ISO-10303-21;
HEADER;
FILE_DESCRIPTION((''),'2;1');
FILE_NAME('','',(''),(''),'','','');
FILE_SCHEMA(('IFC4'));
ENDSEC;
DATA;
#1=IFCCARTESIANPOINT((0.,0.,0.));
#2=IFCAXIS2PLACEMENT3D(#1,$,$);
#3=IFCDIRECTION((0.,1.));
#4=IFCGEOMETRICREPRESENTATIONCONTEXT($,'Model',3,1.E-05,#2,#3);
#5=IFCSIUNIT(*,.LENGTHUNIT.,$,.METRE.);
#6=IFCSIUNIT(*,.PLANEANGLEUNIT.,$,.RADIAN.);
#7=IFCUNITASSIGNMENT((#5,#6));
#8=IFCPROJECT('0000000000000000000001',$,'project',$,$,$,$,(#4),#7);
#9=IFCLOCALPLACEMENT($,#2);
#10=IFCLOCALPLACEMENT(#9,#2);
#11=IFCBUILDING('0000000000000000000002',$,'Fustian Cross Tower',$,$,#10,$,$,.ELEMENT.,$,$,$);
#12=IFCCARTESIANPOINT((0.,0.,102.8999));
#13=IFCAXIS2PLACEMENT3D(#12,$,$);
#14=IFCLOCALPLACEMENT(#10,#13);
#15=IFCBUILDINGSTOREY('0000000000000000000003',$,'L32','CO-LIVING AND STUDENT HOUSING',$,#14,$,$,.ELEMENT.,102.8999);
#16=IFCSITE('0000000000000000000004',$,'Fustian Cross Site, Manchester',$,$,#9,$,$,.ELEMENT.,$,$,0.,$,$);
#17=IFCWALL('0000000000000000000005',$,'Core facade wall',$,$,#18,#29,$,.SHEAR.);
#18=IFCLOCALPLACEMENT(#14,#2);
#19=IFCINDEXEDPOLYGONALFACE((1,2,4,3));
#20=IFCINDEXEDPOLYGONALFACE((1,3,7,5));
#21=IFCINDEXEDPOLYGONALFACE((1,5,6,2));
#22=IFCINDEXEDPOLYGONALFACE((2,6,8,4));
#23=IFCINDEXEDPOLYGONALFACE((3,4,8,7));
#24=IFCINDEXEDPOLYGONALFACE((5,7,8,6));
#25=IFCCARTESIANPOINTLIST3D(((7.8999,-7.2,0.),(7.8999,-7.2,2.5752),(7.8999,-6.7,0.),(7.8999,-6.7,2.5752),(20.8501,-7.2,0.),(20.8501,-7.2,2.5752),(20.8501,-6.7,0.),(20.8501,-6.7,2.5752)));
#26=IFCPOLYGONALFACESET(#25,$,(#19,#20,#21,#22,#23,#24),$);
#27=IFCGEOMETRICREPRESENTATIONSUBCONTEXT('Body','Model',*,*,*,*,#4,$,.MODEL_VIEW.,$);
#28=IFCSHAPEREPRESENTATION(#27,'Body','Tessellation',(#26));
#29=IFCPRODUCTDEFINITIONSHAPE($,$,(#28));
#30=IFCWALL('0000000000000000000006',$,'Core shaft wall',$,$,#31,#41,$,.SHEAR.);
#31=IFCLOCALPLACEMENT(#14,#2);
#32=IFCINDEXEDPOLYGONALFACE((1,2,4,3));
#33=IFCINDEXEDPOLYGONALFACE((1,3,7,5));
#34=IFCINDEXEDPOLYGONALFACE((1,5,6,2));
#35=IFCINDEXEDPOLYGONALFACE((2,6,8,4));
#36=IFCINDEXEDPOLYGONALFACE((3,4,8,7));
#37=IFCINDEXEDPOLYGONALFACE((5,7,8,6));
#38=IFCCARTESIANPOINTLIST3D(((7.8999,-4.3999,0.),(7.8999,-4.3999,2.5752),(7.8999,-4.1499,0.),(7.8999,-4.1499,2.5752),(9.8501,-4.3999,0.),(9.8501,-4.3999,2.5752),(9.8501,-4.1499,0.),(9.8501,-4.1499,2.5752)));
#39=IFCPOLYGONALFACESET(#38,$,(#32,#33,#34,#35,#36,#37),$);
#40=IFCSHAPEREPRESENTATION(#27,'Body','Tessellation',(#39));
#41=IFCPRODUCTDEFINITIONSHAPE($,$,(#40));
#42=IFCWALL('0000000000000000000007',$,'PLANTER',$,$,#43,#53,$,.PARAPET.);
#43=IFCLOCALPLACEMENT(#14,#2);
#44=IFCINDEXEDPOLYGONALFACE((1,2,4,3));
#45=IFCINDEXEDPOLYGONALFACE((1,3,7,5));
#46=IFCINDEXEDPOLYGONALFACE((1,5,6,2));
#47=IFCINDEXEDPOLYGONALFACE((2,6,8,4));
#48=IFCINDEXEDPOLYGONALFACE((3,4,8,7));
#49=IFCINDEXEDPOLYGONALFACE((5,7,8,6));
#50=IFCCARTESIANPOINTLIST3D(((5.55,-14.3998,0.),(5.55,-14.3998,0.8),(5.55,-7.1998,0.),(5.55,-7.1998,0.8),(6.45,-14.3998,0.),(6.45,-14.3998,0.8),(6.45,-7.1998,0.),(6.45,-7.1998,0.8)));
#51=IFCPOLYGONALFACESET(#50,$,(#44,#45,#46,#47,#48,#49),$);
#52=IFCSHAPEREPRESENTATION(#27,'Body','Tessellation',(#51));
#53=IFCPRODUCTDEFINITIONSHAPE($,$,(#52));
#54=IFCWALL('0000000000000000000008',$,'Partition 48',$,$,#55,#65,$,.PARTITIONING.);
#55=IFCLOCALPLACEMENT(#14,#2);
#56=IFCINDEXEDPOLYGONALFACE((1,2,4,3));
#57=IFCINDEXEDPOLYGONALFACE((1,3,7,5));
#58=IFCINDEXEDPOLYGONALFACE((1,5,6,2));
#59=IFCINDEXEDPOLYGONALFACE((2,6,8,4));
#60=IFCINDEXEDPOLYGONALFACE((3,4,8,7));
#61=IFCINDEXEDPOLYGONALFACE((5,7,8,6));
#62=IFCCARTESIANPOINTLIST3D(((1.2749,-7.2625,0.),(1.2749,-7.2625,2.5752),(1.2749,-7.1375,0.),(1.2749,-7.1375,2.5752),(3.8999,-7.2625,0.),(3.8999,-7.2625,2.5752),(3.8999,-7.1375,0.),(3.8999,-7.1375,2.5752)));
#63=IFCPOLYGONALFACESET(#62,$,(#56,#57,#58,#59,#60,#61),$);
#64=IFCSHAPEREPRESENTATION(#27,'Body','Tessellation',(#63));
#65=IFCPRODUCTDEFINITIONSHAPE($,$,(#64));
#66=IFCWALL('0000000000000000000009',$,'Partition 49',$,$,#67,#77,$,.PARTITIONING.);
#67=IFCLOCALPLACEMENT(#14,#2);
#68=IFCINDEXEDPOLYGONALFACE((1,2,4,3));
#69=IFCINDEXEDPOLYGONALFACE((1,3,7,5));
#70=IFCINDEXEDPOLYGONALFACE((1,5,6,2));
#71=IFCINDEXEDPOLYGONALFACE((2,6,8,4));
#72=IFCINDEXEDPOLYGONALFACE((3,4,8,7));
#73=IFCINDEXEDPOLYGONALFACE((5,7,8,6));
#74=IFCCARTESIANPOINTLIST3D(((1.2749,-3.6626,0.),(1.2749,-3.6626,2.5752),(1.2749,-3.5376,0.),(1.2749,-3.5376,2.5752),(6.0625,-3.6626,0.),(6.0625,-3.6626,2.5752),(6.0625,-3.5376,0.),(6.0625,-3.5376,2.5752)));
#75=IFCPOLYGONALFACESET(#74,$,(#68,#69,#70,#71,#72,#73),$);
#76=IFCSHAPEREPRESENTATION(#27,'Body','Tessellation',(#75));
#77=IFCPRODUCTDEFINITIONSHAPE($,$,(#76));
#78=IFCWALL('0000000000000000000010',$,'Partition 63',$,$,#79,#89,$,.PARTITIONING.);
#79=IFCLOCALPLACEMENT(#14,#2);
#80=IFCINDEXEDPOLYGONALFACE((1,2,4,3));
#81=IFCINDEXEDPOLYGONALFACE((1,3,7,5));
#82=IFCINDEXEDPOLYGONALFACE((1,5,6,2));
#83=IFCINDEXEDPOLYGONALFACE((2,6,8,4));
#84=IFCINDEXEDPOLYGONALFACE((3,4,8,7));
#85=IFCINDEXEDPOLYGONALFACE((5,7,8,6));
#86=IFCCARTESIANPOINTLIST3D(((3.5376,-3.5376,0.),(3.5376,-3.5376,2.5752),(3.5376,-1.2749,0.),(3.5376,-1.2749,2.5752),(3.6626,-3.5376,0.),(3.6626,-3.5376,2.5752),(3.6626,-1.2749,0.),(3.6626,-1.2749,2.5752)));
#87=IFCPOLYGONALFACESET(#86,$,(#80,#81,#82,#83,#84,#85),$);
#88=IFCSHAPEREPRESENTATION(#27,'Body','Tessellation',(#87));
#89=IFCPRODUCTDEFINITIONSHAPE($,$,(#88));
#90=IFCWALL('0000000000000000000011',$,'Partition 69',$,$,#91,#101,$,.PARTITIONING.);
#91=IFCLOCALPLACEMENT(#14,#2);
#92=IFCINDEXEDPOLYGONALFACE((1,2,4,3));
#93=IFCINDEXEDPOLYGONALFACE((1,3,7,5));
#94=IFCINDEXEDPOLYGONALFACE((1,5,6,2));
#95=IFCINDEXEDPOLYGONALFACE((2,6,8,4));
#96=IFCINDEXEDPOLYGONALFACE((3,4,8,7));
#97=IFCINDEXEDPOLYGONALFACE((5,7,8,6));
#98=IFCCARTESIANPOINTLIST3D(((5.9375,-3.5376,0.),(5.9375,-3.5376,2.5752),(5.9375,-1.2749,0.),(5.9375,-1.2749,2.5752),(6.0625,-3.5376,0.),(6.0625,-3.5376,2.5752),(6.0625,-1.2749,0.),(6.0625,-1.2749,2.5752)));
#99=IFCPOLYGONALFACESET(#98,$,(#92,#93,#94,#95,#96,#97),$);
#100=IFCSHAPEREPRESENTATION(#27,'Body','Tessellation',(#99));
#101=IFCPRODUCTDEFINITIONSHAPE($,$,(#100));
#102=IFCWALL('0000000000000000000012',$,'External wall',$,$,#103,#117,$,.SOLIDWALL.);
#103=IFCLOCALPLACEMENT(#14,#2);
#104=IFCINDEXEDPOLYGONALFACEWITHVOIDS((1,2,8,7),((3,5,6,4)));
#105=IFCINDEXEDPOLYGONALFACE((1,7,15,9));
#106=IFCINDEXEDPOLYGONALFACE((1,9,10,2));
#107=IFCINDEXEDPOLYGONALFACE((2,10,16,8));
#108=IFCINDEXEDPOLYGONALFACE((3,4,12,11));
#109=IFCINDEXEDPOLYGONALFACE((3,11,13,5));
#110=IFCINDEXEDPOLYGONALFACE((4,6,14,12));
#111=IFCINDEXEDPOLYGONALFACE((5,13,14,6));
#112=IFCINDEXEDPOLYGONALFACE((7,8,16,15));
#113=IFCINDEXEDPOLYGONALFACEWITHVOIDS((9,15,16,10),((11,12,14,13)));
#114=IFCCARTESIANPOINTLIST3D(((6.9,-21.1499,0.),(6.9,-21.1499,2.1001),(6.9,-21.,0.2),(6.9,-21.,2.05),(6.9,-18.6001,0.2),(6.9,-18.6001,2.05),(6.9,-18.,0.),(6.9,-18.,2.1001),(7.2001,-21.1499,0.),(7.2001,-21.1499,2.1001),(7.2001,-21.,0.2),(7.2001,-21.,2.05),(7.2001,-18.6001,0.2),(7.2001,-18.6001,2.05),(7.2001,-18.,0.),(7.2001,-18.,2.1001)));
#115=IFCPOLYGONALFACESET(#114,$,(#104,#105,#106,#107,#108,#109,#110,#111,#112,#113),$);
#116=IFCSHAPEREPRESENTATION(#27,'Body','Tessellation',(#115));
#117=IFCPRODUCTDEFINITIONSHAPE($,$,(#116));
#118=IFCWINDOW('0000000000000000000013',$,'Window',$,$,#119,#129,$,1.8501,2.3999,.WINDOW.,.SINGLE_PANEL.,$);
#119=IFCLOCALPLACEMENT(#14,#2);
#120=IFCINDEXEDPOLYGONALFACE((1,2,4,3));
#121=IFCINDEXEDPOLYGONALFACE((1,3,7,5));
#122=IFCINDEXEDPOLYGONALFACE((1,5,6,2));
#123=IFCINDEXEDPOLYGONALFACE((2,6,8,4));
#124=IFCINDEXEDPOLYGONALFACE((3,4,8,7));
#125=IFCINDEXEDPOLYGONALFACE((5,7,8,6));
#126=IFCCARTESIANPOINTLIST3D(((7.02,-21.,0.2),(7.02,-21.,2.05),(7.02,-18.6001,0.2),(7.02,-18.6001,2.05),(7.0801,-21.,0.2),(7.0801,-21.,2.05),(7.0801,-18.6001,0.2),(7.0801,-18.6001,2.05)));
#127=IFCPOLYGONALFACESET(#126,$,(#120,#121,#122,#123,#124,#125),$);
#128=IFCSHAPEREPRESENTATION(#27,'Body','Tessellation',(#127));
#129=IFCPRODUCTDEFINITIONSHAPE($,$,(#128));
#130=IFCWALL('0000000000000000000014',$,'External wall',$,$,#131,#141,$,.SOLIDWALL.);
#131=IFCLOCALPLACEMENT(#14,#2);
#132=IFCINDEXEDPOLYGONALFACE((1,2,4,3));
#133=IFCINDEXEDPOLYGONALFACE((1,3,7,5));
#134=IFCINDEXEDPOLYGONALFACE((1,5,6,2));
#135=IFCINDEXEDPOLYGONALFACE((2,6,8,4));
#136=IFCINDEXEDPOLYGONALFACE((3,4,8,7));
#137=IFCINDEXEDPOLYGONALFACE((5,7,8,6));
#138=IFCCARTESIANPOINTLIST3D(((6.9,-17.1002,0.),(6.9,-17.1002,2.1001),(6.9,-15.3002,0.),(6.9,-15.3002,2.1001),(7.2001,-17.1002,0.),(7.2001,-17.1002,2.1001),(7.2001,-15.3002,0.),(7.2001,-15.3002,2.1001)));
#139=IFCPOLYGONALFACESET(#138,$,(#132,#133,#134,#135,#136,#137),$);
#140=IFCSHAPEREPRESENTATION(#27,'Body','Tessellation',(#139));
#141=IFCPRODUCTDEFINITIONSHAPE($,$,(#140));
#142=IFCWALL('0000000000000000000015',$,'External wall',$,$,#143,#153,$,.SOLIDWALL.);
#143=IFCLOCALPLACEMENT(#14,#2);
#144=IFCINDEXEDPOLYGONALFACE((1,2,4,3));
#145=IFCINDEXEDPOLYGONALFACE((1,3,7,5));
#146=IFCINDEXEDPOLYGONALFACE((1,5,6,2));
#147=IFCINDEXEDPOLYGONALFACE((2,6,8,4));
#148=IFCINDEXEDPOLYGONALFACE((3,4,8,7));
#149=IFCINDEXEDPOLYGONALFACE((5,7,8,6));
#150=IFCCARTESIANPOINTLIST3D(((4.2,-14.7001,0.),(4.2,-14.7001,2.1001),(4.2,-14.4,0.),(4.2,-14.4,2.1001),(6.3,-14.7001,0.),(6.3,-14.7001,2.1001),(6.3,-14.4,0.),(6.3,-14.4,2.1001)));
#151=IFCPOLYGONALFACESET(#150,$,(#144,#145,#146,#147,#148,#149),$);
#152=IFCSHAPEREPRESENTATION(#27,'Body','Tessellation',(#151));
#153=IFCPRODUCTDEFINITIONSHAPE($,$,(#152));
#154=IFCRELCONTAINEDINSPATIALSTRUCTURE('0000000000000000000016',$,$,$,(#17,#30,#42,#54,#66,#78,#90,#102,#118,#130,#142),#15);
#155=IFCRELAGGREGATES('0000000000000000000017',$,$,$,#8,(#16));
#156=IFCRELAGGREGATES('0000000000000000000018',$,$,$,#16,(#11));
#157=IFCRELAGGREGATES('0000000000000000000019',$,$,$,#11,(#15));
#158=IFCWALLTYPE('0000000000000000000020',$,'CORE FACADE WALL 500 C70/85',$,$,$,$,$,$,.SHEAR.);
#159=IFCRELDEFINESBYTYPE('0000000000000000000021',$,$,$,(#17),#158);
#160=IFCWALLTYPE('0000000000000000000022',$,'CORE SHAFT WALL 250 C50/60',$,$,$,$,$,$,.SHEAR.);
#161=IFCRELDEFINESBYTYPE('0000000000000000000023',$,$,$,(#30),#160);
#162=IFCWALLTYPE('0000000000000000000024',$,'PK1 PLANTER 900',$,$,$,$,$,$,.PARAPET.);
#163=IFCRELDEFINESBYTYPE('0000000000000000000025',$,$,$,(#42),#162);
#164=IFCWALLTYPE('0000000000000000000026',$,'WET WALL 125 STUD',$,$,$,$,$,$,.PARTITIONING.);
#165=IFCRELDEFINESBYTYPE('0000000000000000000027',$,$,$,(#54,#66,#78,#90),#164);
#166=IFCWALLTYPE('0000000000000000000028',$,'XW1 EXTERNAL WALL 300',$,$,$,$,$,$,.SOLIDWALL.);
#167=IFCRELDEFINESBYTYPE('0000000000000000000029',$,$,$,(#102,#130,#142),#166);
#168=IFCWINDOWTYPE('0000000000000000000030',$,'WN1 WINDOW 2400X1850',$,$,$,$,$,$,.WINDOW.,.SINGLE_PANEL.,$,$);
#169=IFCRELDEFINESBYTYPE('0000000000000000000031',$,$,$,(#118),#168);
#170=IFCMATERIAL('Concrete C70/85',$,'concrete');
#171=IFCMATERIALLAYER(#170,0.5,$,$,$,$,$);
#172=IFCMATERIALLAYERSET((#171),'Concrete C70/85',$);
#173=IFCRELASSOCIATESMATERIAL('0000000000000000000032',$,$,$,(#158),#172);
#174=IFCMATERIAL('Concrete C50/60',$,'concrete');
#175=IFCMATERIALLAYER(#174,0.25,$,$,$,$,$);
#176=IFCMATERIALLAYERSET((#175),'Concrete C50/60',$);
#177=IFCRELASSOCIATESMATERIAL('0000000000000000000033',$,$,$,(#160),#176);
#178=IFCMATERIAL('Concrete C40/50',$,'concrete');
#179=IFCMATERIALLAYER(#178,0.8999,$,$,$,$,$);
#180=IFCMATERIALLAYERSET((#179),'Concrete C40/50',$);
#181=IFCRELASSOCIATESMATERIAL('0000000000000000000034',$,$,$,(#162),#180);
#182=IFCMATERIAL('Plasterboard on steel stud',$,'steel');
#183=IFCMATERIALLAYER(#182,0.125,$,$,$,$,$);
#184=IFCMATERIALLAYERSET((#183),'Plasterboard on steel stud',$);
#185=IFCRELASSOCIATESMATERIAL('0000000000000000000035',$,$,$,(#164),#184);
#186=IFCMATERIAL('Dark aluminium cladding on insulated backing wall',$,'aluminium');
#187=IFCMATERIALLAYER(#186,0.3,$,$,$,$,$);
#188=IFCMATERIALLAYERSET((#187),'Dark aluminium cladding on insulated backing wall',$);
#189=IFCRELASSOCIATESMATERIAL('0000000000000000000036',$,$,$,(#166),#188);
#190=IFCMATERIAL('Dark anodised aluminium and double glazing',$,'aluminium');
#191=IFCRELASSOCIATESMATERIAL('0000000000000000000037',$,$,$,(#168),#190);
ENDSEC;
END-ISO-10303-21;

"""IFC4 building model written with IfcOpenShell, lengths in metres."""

from ifc_helpers import new_model, si_unit, direction, frame, frame_2d, origin, place, context, subcontext, project, spatial, rectangle, extrude, material, layer, layer_set, type_object, element, fill, save


model = new_model("IFC4")

# Units and contexts
model_context = context("Model", 3, precision=1e-05, world=origin(), true_north=direction((0.0, 1.0)))
body_context = subcontext(model_context, "Body", "Model", "MODEL_VIEW")
ifc_project = project(units=[si_unit("LENGTHUNIT", "METRE"), si_unit("PLANEANGLEUNIT", "RADIAN")], contexts=[model_context])

# Site, building, storey
site_placement = place(None, origin())
site = spatial("IfcSite", under=ifc_project, at=site_placement, Name="Fustian Cross Site, Manchester", CompositionType="ELEMENT", RefElevation=0.0)
building_placement = place(site_placement, origin())
building = spatial("IfcBuilding", under=site, at=building_placement, Name="Fustian Cross Tower", CompositionType="ELEMENT")
storey_placement = place(building_placement, frame((0.0, 0.0, 102.8999)))
storey = spatial("IfcBuildingStorey", under=building, at=storey_placement, Name="L32", Description="CO-LIVING AND STUDENT HOUSING", CompositionType="ELEMENT", Elevation=102.8999)

# Walls
ifc_material_1 = material(Name="Concrete C70/85", Category="concrete")
ifc_layer_1 = layer(ifc_material_1, 0.5)
ifc_layer_set_1 = layer_set([ifc_layer_1], Name="Concrete C70/85")
wall_type_1 = type_object("IfcWallType", Name="CORE FACADE WALL 500 C70/85", PredefinedType="SHEAR", material=ifc_layer_set_1)
wall_1_placement = place(storey_placement, frame((7.8999, -6.95, 0.0), z_axis=(0.0, 0.0, 1.0), x_axis=(1.0, 0.0, 0.0)))
element("IfcWall", 1, at=wall_1_placement, inside=storey, type_object=wall_type_1, Name="Core facade wall", PredefinedType="SHEAR", context=body_context, shape_type="SweptSolid", body=[
    extrude(rectangle(XDim=12.9502, YDim=0.5, at=frame_2d((6.4751, 0.0))), origin(), (0.0, 0.0, 1.0), 2.5752),
])
ifc_material_2 = material(Name="Concrete C50/60", Category="concrete")
ifc_layer_2 = layer(ifc_material_2, 0.25)
ifc_layer_set_2 = layer_set([ifc_layer_2], Name="Concrete C50/60")
wall_type_2 = type_object("IfcWallType", Name="CORE SHAFT WALL 250 C50/60", PredefinedType="SHEAR", material=ifc_layer_set_2)
wall_2_placement = place(storey_placement, frame((7.8999, -4.2749, 0.0), z_axis=(0.0, 0.0, 1.0), x_axis=(1.0, 0.0, 0.0)))
element("IfcWall", 2, at=wall_2_placement, inside=storey, type_object=wall_type_2, Name="Core shaft wall", PredefinedType="SHEAR", context=body_context, shape_type="SweptSolid", body=[
    extrude(rectangle(XDim=1.9502, YDim=0.25, at=frame_2d((0.9751, 0.0))), origin(), (0.0, 0.0, 1.0), 2.5752),
])
ifc_material_3 = material(Name="Concrete C40/50", Category="concrete")
ifc_layer_3 = layer(ifc_material_3, 0.8999)
ifc_layer_set_3 = layer_set([ifc_layer_3], Name="Concrete C40/50")
wall_type_3 = type_object("IfcWallType", Name="PK1 PLANTER 900", PredefinedType="PARAPET", material=ifc_layer_set_3)
wall_3_placement = place(storey_placement, frame((6.0, -14.3999, 0.0), z_axis=(0.0, 0.0, 1.0), x_axis=(0.0, 1.0, 0.0)))
element("IfcWall", 3, at=wall_3_placement, inside=storey, type_object=wall_type_3, Name="PLANTER", PredefinedType="PARAPET", context=body_context, shape_type="SweptSolid", body=[
    extrude(rectangle(XDim=7.2, YDim=0.8999, at=frame_2d((3.6001, 0.0))), origin(), (0.0, 0.0, 1.0), 0.8),
])
ifc_material_4 = material(Name="Plasterboard on steel stud", Category="steel")
ifc_layer_4 = layer(ifc_material_4, 0.125)
ifc_layer_set_4 = layer_set([ifc_layer_4], Name="Plasterboard on steel stud")
wall_type_4 = type_object("IfcWallType", Name="WET WALL 125 STUD", PredefinedType="PARTITIONING", material=ifc_layer_set_4)
wall_4_placement = place(storey_placement, frame((1.2749, -7.2, 0.0), z_axis=(0.0, 0.0, 1.0), x_axis=(1.0, 0.0, 0.0)))
element("IfcWall", 4, at=wall_4_placement, inside=storey, type_object=wall_type_4, Name="Partition 48", PredefinedType="PARTITIONING", context=body_context, shape_type="SweptSolid", body=[
    extrude(rectangle(XDim=2.625, YDim=0.125, at=frame_2d((1.3125, 0.0))), origin(), (0.0, 0.0, 1.0), 2.5752),
])
wall_5_placement = place(storey_placement, frame((1.2749, -3.6001, 0.0), z_axis=(0.0, 0.0, 1.0), x_axis=(1.0, 0.0, 0.0)))
element("IfcWall", 5, at=wall_5_placement, inside=storey, type_object=wall_type_4, Name="Partition 49", PredefinedType="PARTITIONING", context=body_context, shape_type="SweptSolid", body=[
    extrude(rectangle(XDim=4.7876, YDim=0.125, at=frame_2d((2.3938, 0.0))), origin(), (0.0, 0.0, 1.0), 2.5752),
])
for number, where, z_axis, x_axis, name in (
    (6, (3.6001, -3.5376, 0.0), (0.0, 0.0, 1.0), (0.0, 1.0, 0.0), "Partition 63"),
    (7, (6.0, -3.5376, 0.0), (0.0, 0.0, 1.0), (0.0, 1.0, 0.0), "Partition 69"),
):
    element("IfcWall", number, at=place(storey_placement, frame(where, z_axis=z_axis, x_axis=x_axis)), inside=storey, type_object=wall_type_4, Name=name, PredefinedType="PARTITIONING", context=body_context, shape_type="SweptSolid", body=[
        extrude(rectangle(XDim=2.2627, YDim=0.125, at=frame_2d((1.1313, 0.0))), origin(), (0.0, 0.0, 1.0), 2.5752),
    ])

# Wall, opening, window
ifc_material_5 = material(Name="Dark aluminium cladding on insulated backing wall", Category="aluminium")
ifc_layer_5 = layer(ifc_material_5, 0.3)
ifc_layer_set_5 = layer_set([ifc_layer_5], Name="Dark aluminium cladding on insulated backing wall")
wall_type_5 = type_object("IfcWallType", Name="XW1 EXTERNAL WALL 300", PredefinedType="SOLIDWALL", material=ifc_layer_set_5)
wall_6_placement = place(storey_placement, frame((7.05, -21.1499, 0.0), z_axis=(0.0, 0.0, 1.0), x_axis=(0.0, 1.0, 0.0)))
wall_6 = element("IfcWall", 8, at=wall_6_placement, inside=storey, type_object=wall_type_5, Name="External wall", PredefinedType="SOLIDWALL", context=body_context, shape_type="SweptSolid", body=[
    extrude(rectangle(XDim=3.1499, YDim=0.3, at=frame_2d((1.575, 0.0))), origin(), (0.0, 0.0, 1.0), 2.1001),
])
opening_1_placement = place(wall_6_placement, frame((0.1499, 0.0, 0.2)))
opening_1 = element("IfcOpeningElement", 9, at=opening_1_placement, cuts=wall_6, PredefinedType="OPENING", context=body_context, shape_type="SweptSolid", body=[
    extrude(rectangle(XDim=2.3999, YDim=1.8501, at=frame_2d((1.2, 0.925))), frame((0.0, 0.1599, 0.0), z_axis=(0.0, -1.0, 0.0), x_axis=(1.0, 0.0, 0.0)), (0.0, 0.0, 1.0), 0.3201),
])
ifc_material_6 = material(Name="Dark anodised aluminium and double glazing", Category="aluminium")
window_type_1 = type_object("IfcWindowType", Name="WN1 WINDOW 2400X1850", PartitioningType="SINGLE_PANEL", PredefinedType="WINDOW", material=ifc_material_6)
window_1_placement = place(opening_1_placement, origin())
window_1 = element("IfcWindow", 10, at=window_1_placement, inside=storey, type_object=window_type_1, Name="Window", OverallHeight=1.8501, OverallWidth=2.3999, PartitioningType="SINGLE_PANEL", PredefinedType="WINDOW", context=body_context, shape_type="SweptSolid", body=[
    extrude(rectangle(XDim=2.3999, YDim=1.8501, at=frame_2d((1.2, 0.925))), frame((0.0, 0.03, 0.0), z_axis=(0.0, -1.0, 0.0), x_axis=(1.0, 0.0, 0.0)), (0.0, 0.0, 1.0), 0.0601),
])
fill(opening_1, window_1)

# Walls
wall_7_placement = place(storey_placement, frame((7.05, -17.1001, 0.0), z_axis=(0.0, 0.0, 1.0), x_axis=(0.0, 1.0, 0.0)))
element("IfcWall", 11, at=wall_7_placement, inside=storey, type_object=wall_type_5, Name="External wall", PredefinedType="SOLIDWALL", context=body_context, shape_type="SweptSolid", body=[
    extrude(rectangle(XDim=1.8, YDim=0.3, at=frame_2d((0.8999, 0.0))), origin(), (0.0, 0.0, 1.0), 2.1001),
])
wall_8_placement = place(storey_placement, frame((6.3, -14.55, 0.0), z_axis=(0.0, 0.0, 1.0), x_axis=(-1.0, 0.0, 0.0)))
element("IfcWall", 12, at=wall_8_placement, inside=storey, type_object=wall_type_5, Name="External wall", PredefinedType="SOLIDWALL", context=body_context, shape_type="SweptSolid", body=[
    extrude(rectangle(XDim=2.1001, YDim=0.3, at=frame_2d((1.05, 0.0))), origin(), (0.0, 0.0, 1.0), 2.1001),
])

save(model, "model.ifc")
